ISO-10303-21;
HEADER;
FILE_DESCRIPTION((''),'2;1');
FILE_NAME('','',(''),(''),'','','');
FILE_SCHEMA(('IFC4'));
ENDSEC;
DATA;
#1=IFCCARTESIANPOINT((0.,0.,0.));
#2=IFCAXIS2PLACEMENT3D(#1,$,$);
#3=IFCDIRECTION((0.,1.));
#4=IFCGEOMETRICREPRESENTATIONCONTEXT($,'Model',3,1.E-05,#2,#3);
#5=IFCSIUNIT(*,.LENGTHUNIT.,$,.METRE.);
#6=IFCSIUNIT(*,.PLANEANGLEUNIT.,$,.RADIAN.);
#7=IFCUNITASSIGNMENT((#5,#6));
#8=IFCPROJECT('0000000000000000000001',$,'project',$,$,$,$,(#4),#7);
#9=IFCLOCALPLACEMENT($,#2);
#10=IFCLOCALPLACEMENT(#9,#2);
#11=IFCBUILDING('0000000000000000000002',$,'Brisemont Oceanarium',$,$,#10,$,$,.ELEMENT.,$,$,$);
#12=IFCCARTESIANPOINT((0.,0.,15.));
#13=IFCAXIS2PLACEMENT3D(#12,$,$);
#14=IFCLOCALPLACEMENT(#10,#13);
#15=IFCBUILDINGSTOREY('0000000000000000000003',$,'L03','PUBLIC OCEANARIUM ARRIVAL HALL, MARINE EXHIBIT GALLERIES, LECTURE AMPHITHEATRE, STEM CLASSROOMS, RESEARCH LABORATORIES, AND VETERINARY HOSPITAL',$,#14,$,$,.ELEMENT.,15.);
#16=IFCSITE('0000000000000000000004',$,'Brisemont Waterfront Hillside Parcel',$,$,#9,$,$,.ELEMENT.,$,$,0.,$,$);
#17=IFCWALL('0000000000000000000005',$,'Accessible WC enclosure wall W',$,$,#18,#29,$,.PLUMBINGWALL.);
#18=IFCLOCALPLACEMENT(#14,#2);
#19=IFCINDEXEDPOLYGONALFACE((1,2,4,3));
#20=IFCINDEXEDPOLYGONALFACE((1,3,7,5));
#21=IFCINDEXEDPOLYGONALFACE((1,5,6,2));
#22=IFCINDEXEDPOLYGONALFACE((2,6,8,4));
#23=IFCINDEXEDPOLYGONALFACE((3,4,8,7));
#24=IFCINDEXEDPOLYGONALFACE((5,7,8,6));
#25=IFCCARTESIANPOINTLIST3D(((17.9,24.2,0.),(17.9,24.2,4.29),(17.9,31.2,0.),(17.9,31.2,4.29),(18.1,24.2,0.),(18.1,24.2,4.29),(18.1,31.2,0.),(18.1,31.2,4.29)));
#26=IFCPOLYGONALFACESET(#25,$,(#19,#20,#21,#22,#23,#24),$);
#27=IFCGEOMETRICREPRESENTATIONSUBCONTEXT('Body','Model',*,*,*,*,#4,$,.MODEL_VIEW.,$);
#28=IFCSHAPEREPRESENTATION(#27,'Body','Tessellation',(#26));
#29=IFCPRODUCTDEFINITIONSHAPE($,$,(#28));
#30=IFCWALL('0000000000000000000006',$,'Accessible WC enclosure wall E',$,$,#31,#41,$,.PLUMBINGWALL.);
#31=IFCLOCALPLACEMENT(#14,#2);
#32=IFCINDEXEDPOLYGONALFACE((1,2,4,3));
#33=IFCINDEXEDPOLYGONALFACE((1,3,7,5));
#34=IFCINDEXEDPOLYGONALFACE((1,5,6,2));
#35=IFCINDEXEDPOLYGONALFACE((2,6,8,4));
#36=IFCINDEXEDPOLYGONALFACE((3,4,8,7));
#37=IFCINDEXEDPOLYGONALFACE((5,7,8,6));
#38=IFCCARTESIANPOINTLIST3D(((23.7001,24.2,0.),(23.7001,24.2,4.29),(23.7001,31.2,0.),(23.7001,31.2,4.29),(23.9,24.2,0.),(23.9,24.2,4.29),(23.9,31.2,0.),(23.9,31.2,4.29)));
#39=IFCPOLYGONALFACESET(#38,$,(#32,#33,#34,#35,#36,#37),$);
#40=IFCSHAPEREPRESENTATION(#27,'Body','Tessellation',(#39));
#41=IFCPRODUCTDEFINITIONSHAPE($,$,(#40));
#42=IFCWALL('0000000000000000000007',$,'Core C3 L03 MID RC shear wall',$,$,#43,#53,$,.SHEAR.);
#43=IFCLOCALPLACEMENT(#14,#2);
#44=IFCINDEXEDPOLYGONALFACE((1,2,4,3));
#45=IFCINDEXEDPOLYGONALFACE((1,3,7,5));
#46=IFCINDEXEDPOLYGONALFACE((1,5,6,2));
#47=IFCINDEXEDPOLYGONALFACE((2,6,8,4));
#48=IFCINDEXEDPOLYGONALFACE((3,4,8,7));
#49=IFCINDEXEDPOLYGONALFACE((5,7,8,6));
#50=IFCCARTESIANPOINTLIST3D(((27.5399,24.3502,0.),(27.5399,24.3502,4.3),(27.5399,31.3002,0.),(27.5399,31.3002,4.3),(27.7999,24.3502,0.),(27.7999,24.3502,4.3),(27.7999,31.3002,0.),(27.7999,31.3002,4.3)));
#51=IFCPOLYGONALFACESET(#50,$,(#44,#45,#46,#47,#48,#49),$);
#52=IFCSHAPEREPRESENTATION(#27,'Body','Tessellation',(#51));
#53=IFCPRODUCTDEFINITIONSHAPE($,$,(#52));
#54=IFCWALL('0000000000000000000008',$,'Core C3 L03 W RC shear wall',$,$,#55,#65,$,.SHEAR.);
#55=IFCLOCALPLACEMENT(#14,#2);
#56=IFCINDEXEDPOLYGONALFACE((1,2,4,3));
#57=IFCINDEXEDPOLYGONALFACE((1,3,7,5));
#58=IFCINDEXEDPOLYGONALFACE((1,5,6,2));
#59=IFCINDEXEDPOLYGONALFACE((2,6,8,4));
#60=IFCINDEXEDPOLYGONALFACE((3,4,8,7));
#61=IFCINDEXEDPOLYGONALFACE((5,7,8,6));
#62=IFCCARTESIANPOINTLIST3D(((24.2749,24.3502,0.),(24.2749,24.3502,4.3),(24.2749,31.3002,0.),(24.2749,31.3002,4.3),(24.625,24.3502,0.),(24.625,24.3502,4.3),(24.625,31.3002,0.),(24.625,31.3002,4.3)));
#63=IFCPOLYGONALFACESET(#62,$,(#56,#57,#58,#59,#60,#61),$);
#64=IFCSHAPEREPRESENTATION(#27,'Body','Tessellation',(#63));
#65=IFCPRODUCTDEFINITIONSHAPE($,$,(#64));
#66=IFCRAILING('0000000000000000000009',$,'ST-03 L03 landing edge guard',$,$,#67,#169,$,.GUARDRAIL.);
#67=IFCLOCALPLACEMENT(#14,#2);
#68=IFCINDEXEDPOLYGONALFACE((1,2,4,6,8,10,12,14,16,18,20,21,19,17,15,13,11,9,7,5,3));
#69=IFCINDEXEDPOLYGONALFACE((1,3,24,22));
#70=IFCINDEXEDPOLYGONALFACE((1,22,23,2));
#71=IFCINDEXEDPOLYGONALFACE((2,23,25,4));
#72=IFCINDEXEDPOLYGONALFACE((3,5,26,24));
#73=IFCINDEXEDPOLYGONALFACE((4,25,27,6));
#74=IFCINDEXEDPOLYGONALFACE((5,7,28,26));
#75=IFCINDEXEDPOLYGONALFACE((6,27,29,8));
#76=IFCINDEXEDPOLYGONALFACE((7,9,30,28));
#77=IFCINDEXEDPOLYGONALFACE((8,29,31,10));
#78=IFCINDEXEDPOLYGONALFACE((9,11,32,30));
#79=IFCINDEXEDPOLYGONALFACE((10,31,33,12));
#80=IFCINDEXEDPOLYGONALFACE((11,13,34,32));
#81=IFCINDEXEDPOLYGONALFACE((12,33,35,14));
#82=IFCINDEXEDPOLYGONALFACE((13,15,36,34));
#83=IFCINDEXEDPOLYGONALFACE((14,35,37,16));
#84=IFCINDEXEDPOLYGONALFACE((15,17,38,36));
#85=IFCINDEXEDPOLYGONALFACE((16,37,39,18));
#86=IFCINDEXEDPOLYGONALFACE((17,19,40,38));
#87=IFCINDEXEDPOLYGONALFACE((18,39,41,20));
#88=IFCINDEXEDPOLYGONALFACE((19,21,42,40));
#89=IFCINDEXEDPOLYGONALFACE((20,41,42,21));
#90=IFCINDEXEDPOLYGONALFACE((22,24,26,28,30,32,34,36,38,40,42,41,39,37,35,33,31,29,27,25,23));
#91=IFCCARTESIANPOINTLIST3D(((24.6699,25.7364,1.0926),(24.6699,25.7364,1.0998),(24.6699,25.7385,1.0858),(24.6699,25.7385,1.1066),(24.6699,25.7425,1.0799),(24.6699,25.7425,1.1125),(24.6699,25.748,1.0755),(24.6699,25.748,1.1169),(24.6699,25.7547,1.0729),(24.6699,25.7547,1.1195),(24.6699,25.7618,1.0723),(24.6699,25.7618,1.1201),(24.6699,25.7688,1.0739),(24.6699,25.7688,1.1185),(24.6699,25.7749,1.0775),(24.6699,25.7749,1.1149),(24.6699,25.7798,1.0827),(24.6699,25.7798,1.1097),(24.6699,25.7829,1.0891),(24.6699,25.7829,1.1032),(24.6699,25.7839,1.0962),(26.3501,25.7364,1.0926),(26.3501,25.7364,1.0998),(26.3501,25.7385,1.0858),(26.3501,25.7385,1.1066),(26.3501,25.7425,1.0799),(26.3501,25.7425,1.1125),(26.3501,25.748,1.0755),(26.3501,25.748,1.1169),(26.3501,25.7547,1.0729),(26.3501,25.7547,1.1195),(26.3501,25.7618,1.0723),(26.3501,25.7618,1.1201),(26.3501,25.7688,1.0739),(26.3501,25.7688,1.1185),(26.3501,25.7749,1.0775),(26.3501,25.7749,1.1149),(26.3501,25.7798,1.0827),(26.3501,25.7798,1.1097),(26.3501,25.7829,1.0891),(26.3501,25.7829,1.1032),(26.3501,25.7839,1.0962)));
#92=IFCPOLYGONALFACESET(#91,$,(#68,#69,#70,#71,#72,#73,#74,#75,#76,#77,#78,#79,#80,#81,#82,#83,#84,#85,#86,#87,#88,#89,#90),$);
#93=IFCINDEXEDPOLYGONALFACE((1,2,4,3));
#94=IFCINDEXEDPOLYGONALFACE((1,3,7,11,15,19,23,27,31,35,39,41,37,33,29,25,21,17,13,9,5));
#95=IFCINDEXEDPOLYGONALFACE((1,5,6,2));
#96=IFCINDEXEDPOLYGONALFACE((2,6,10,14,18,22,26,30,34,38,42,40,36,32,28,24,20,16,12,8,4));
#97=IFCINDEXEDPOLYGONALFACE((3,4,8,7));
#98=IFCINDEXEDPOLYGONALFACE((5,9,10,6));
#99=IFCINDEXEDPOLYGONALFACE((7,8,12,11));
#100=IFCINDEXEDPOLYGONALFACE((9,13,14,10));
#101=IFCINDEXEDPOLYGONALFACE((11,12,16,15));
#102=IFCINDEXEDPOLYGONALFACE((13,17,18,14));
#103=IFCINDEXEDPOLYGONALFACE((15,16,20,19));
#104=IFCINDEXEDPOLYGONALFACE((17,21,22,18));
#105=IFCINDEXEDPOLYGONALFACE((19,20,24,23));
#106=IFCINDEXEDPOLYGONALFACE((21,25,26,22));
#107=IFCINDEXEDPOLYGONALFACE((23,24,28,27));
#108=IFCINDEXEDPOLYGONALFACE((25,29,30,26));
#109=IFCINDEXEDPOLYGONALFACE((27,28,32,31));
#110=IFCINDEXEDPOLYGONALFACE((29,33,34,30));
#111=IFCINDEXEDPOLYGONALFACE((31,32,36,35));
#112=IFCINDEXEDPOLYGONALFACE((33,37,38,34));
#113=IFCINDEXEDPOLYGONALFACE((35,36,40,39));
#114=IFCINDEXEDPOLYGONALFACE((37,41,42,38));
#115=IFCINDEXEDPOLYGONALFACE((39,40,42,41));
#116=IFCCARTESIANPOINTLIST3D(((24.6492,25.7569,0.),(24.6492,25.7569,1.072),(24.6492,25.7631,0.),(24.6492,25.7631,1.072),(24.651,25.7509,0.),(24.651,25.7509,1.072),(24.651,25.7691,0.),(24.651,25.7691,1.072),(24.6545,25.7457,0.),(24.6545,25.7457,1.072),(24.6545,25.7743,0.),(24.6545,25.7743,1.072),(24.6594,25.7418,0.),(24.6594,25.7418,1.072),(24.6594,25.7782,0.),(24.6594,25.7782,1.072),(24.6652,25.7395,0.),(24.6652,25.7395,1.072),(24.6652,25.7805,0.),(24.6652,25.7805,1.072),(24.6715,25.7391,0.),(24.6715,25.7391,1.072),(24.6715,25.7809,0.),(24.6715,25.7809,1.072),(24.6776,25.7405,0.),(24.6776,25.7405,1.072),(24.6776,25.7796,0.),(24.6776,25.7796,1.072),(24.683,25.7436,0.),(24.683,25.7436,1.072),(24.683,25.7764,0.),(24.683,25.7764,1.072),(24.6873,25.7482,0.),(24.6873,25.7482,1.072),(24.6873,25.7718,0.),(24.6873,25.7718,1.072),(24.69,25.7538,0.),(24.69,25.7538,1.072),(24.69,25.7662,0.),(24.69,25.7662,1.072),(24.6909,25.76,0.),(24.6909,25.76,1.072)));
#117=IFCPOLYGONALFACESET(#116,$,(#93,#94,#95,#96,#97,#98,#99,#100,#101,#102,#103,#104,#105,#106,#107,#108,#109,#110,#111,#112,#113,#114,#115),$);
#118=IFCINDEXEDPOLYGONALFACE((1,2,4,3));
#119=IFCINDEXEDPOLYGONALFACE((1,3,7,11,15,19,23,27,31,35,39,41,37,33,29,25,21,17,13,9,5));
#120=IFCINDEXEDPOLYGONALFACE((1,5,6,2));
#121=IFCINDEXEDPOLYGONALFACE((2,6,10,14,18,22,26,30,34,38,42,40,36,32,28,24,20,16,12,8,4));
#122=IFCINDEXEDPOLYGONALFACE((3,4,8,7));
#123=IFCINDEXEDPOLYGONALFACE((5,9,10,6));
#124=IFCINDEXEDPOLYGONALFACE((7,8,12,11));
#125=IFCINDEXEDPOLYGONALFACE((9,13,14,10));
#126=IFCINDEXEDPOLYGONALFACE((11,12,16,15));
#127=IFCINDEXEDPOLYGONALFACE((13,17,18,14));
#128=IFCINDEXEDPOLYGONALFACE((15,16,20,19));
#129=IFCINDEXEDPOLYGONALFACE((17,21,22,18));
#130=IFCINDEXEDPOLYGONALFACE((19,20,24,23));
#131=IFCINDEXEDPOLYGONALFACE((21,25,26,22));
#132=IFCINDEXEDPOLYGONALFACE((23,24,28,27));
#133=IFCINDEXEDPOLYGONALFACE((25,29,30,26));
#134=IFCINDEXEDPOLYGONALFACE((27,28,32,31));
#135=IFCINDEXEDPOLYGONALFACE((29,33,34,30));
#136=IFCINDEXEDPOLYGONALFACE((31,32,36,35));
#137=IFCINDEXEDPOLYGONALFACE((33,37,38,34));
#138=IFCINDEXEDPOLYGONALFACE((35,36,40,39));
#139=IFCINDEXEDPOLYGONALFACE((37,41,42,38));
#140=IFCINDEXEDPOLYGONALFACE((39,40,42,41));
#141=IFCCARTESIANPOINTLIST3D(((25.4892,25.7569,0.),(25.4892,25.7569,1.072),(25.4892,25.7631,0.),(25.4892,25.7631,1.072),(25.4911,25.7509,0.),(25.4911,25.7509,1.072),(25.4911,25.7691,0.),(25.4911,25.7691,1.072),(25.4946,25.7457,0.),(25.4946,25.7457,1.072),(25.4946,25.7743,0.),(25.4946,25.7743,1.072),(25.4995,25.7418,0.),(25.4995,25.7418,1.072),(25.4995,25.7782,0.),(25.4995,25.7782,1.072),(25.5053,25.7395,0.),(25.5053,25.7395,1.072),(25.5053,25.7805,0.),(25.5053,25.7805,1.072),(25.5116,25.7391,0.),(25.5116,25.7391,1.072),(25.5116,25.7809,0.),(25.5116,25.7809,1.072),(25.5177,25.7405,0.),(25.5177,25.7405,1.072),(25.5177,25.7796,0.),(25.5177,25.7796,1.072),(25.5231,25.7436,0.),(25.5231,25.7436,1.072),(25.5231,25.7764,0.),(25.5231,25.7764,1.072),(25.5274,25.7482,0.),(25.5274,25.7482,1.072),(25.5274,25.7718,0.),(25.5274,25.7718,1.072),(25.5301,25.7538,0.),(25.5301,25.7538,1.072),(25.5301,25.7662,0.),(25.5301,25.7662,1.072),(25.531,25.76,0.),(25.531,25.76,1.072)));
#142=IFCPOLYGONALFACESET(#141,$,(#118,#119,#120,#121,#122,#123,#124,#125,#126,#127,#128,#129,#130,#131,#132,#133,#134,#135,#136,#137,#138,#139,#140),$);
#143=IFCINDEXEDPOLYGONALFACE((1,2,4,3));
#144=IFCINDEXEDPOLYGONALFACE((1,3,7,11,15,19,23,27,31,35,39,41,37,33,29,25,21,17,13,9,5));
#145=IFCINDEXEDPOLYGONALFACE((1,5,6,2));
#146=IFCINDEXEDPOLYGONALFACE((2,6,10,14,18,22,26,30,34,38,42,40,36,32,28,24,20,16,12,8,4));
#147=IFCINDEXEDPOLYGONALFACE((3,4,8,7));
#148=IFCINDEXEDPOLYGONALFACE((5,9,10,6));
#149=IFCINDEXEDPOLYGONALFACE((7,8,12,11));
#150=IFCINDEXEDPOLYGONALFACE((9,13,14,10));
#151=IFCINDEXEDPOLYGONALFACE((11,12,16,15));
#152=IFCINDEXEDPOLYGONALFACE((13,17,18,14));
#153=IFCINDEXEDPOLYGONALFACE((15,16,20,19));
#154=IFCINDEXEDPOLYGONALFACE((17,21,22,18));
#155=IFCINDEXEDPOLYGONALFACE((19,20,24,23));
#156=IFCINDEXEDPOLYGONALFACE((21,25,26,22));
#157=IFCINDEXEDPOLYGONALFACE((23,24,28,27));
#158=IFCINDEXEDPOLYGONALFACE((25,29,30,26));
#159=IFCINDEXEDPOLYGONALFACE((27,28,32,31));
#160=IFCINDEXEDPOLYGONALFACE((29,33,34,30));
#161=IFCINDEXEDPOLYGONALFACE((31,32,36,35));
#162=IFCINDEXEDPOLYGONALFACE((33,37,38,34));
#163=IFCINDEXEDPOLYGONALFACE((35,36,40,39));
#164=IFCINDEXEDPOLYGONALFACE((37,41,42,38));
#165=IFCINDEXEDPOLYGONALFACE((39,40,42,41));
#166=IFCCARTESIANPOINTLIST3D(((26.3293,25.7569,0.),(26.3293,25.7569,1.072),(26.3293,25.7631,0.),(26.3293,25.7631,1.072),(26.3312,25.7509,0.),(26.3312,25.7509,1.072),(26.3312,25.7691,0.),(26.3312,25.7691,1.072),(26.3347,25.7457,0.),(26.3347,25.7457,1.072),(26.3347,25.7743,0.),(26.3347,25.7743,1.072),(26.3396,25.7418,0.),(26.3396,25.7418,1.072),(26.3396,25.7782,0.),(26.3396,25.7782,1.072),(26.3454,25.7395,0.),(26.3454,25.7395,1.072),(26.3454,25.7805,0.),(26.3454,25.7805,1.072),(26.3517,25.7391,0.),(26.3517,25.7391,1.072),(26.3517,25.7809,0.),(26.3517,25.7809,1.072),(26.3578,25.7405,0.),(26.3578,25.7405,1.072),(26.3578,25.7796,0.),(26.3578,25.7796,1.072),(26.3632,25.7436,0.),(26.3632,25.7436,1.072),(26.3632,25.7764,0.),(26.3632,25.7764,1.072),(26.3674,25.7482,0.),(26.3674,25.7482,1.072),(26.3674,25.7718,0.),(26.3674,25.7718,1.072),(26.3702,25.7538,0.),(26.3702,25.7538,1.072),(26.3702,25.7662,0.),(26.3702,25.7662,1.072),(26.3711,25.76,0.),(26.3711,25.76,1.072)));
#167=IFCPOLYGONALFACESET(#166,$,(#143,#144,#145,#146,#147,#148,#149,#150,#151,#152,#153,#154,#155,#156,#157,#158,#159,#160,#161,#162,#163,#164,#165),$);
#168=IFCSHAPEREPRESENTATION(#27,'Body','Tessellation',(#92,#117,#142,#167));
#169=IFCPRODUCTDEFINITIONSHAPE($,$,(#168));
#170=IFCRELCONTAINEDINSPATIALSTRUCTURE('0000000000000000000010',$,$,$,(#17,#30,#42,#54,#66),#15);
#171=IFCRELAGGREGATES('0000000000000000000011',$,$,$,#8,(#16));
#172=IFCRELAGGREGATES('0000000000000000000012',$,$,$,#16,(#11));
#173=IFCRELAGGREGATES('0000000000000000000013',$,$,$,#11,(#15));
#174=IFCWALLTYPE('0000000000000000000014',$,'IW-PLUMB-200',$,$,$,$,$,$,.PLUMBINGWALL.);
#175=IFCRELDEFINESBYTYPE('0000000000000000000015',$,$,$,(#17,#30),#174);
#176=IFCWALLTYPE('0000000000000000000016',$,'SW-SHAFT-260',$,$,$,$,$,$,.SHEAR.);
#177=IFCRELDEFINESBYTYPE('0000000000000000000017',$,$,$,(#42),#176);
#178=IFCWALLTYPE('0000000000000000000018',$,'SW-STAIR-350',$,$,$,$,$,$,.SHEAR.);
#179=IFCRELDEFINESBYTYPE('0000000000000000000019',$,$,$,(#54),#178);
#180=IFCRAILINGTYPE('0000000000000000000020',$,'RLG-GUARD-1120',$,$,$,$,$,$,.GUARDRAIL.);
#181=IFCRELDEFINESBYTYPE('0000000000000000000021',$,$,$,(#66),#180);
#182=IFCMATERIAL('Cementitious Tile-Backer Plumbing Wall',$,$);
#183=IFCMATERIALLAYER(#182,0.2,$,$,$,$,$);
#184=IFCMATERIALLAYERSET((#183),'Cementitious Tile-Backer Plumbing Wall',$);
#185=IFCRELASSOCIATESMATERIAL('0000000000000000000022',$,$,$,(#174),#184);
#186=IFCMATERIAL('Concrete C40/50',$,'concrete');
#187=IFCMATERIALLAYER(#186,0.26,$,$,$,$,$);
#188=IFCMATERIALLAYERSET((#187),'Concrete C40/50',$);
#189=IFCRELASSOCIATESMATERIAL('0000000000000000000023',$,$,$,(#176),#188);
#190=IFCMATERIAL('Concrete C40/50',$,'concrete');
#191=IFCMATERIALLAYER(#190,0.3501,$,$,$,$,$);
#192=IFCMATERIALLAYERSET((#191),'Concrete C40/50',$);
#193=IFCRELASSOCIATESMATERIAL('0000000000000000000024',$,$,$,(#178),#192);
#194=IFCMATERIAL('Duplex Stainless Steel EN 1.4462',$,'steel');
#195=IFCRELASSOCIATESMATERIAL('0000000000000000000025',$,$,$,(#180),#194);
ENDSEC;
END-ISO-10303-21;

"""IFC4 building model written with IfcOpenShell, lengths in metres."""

from ifc_helpers import new_model, si_unit, direction, frame, frame_2d, origin, origin_2d, place, context, subcontext, project, spatial, rectangle, circle, extrude, material, layer, layer_set, type_object, element, save


model = new_model("IFC4")

# Units and contexts
model_context = context("Model", 3, precision=1e-05, world=origin(), true_north=direction((0.0, 1.0)))
body_context = subcontext(model_context, "Body", "Model", "MODEL_VIEW")
ifc_project = project(units=[si_unit("LENGTHUNIT", "METRE"), si_unit("PLANEANGLEUNIT", "RADIAN")], contexts=[model_context])

# Site, building, storey
site_placement = place(None, origin())
site = spatial("IfcSite", under=ifc_project, at=site_placement, Name="Brisemont Waterfront Hillside Parcel", CompositionType="ELEMENT", RefElevation=0.0)
building_placement = place(site_placement, origin())
building = spatial("IfcBuilding", under=site, at=building_placement, Name="Brisemont Oceanarium", CompositionType="ELEMENT")
storey_placement = place(building_placement, frame((0.0, 0.0, 15.0)))
storey = spatial("IfcBuildingStorey", under=building, at=storey_placement, Name="L03", Description="PUBLIC OCEANARIUM ARRIVAL HALL, MARINE EXHIBIT GALLERIES, LECTURE AMPHITHEATRE, STEM CLASSROOMS, RESEARCH LABORATORIES, AND VETERINARY HOSPITAL", CompositionType="ELEMENT", Elevation=15.0)

# Shared definitions
ifc_material_1 = material(Name="Cementitious Tile-Backer Plumbing Wall")
ifc_layer_1 = layer(ifc_material_1, 0.2)
ifc_layer_set_1 = layer_set([ifc_layer_1], Name="Cementitious Tile-Backer Plumbing Wall")
wall_type_1 = type_object("IfcWallType", Name="IW-PLUMB-200", PredefinedType="PLUMBINGWALL", material=ifc_layer_set_1)

# Walls
for number, where, z_axis, x_axis, name in (
    (1, (18.0, 24.2, 0.0), (0.0, 0.0, 1.0), (0.0, 1.0, 0.0), "Accessible WC enclosure wall W"),
    (2, (23.8, 24.2, 0.0), (0.0, 0.0, 1.0), (0.0, 1.0, 0.0), "Accessible WC enclosure wall E"),
):
    element("IfcWall", number, at=place(storey_placement, frame(where, z_axis=z_axis, x_axis=x_axis)), inside=storey, type_object=wall_type_1, Name=name, PredefinedType="PLUMBINGWALL", context=body_context, shape_type="SweptSolid", body=[
        extrude(rectangle(XDim=7.0, YDim=0.2, at=frame_2d((3.5, 0.0))), origin(), (0.0, 0.0, 1.0), 4.29),
    ])
ifc_material_2 = material(Name="Concrete C40/50", Category="concrete")
ifc_layer_2 = layer(ifc_material_2, 0.26)
ifc_layer_set_2 = layer_set([ifc_layer_2], Name="Concrete C40/50")
wall_type_2 = type_object("IfcWallType", Name="SW-SHAFT-260", PredefinedType="SHEAR", material=ifc_layer_set_2)
wall_1_placement = place(storey_placement, frame((27.6699, 24.3501, 0.0), z_axis=(0.0, 0.0, 1.0), x_axis=(0.0, 1.0, 0.0)))
element("IfcWall", 3, at=wall_1_placement, inside=storey, type_object=wall_type_2, Name="Core C3 L03 MID RC shear wall", PredefinedType="SHEAR", context=body_context, shape_type="SweptSolid", body=[
    extrude(rectangle(XDim=6.95, YDim=0.26, at=frame_2d((3.4751, 0.0))), origin(), (0.0, 0.0, 1.0), 4.3),
])

# Shared definitions
ifc_material_3 = material(Name="Concrete C40/50", Category="concrete")
ifc_layer_3 = layer(ifc_material_3, 0.3501)
ifc_layer_set_3 = layer_set([ifc_layer_3], Name="Concrete C40/50")
wall_type_3 = type_object("IfcWallType", Name="SW-STAIR-350", PredefinedType="SHEAR", material=ifc_layer_set_3)

# Wall
wall_2_placement = place(storey_placement, frame((24.45, 24.3501, 0.0), z_axis=(0.0, 0.0, 1.0), x_axis=(0.0, 1.0, 0.0)))
element("IfcWall", 4, at=wall_2_placement, inside=storey, type_object=wall_type_3, Name="Core C3 L03 W RC shear wall", PredefinedType="SHEAR", context=body_context, shape_type="SweptSolid", body=[
    extrude(rectangle(XDim=6.95, YDim=0.3501, at=frame_2d((3.4751, 0.0))), origin(), (0.0, 0.0, 1.0), 4.3),
])

# Railing
ifc_material_4 = material(Name="Duplex Stainless Steel EN 1.4462", Category="steel")
railing_type = type_object("IfcRailingType", Name="RLG-GUARD-1120", PredefinedType="GUARDRAIL", material=ifc_material_4)
railing_1_placement = place(storey_placement, frame((24.6699, 25.76, 0.0)))
element("IfcRailing", 5, at=railing_1_placement, inside=storey, type_object=railing_type, Name="ST-03 L03 landing edge guard", PredefinedType="GUARDRAIL", context=body_context, shape_type="SweptSolid", body=[
    extrude(circle(Radius=0.0239, at=origin_2d()), frame((0.0, 0.0, 1.0962), z_axis=(1.0, 0.0, 0.0), x_axis=(0.0, 1.0, 0.0)), (0.0, 0.0, 1.0), 1.6802),
    extrude(circle(Radius=0.021, at=origin_2d()), origin(), (0.0, 0.0, 1.0), 1.072),
    extrude(circle(Radius=0.021, at=origin_2d()), frame((0.8401, 0.0, 0.0)), (0.0, 0.0, 1.0), 1.072),
    extrude(circle(Radius=0.021, at=origin_2d()), frame((1.6802, 0.0, 0.0)), (0.0, 0.0, 1.0), 1.072),
])

save(model, "model.ifc")
